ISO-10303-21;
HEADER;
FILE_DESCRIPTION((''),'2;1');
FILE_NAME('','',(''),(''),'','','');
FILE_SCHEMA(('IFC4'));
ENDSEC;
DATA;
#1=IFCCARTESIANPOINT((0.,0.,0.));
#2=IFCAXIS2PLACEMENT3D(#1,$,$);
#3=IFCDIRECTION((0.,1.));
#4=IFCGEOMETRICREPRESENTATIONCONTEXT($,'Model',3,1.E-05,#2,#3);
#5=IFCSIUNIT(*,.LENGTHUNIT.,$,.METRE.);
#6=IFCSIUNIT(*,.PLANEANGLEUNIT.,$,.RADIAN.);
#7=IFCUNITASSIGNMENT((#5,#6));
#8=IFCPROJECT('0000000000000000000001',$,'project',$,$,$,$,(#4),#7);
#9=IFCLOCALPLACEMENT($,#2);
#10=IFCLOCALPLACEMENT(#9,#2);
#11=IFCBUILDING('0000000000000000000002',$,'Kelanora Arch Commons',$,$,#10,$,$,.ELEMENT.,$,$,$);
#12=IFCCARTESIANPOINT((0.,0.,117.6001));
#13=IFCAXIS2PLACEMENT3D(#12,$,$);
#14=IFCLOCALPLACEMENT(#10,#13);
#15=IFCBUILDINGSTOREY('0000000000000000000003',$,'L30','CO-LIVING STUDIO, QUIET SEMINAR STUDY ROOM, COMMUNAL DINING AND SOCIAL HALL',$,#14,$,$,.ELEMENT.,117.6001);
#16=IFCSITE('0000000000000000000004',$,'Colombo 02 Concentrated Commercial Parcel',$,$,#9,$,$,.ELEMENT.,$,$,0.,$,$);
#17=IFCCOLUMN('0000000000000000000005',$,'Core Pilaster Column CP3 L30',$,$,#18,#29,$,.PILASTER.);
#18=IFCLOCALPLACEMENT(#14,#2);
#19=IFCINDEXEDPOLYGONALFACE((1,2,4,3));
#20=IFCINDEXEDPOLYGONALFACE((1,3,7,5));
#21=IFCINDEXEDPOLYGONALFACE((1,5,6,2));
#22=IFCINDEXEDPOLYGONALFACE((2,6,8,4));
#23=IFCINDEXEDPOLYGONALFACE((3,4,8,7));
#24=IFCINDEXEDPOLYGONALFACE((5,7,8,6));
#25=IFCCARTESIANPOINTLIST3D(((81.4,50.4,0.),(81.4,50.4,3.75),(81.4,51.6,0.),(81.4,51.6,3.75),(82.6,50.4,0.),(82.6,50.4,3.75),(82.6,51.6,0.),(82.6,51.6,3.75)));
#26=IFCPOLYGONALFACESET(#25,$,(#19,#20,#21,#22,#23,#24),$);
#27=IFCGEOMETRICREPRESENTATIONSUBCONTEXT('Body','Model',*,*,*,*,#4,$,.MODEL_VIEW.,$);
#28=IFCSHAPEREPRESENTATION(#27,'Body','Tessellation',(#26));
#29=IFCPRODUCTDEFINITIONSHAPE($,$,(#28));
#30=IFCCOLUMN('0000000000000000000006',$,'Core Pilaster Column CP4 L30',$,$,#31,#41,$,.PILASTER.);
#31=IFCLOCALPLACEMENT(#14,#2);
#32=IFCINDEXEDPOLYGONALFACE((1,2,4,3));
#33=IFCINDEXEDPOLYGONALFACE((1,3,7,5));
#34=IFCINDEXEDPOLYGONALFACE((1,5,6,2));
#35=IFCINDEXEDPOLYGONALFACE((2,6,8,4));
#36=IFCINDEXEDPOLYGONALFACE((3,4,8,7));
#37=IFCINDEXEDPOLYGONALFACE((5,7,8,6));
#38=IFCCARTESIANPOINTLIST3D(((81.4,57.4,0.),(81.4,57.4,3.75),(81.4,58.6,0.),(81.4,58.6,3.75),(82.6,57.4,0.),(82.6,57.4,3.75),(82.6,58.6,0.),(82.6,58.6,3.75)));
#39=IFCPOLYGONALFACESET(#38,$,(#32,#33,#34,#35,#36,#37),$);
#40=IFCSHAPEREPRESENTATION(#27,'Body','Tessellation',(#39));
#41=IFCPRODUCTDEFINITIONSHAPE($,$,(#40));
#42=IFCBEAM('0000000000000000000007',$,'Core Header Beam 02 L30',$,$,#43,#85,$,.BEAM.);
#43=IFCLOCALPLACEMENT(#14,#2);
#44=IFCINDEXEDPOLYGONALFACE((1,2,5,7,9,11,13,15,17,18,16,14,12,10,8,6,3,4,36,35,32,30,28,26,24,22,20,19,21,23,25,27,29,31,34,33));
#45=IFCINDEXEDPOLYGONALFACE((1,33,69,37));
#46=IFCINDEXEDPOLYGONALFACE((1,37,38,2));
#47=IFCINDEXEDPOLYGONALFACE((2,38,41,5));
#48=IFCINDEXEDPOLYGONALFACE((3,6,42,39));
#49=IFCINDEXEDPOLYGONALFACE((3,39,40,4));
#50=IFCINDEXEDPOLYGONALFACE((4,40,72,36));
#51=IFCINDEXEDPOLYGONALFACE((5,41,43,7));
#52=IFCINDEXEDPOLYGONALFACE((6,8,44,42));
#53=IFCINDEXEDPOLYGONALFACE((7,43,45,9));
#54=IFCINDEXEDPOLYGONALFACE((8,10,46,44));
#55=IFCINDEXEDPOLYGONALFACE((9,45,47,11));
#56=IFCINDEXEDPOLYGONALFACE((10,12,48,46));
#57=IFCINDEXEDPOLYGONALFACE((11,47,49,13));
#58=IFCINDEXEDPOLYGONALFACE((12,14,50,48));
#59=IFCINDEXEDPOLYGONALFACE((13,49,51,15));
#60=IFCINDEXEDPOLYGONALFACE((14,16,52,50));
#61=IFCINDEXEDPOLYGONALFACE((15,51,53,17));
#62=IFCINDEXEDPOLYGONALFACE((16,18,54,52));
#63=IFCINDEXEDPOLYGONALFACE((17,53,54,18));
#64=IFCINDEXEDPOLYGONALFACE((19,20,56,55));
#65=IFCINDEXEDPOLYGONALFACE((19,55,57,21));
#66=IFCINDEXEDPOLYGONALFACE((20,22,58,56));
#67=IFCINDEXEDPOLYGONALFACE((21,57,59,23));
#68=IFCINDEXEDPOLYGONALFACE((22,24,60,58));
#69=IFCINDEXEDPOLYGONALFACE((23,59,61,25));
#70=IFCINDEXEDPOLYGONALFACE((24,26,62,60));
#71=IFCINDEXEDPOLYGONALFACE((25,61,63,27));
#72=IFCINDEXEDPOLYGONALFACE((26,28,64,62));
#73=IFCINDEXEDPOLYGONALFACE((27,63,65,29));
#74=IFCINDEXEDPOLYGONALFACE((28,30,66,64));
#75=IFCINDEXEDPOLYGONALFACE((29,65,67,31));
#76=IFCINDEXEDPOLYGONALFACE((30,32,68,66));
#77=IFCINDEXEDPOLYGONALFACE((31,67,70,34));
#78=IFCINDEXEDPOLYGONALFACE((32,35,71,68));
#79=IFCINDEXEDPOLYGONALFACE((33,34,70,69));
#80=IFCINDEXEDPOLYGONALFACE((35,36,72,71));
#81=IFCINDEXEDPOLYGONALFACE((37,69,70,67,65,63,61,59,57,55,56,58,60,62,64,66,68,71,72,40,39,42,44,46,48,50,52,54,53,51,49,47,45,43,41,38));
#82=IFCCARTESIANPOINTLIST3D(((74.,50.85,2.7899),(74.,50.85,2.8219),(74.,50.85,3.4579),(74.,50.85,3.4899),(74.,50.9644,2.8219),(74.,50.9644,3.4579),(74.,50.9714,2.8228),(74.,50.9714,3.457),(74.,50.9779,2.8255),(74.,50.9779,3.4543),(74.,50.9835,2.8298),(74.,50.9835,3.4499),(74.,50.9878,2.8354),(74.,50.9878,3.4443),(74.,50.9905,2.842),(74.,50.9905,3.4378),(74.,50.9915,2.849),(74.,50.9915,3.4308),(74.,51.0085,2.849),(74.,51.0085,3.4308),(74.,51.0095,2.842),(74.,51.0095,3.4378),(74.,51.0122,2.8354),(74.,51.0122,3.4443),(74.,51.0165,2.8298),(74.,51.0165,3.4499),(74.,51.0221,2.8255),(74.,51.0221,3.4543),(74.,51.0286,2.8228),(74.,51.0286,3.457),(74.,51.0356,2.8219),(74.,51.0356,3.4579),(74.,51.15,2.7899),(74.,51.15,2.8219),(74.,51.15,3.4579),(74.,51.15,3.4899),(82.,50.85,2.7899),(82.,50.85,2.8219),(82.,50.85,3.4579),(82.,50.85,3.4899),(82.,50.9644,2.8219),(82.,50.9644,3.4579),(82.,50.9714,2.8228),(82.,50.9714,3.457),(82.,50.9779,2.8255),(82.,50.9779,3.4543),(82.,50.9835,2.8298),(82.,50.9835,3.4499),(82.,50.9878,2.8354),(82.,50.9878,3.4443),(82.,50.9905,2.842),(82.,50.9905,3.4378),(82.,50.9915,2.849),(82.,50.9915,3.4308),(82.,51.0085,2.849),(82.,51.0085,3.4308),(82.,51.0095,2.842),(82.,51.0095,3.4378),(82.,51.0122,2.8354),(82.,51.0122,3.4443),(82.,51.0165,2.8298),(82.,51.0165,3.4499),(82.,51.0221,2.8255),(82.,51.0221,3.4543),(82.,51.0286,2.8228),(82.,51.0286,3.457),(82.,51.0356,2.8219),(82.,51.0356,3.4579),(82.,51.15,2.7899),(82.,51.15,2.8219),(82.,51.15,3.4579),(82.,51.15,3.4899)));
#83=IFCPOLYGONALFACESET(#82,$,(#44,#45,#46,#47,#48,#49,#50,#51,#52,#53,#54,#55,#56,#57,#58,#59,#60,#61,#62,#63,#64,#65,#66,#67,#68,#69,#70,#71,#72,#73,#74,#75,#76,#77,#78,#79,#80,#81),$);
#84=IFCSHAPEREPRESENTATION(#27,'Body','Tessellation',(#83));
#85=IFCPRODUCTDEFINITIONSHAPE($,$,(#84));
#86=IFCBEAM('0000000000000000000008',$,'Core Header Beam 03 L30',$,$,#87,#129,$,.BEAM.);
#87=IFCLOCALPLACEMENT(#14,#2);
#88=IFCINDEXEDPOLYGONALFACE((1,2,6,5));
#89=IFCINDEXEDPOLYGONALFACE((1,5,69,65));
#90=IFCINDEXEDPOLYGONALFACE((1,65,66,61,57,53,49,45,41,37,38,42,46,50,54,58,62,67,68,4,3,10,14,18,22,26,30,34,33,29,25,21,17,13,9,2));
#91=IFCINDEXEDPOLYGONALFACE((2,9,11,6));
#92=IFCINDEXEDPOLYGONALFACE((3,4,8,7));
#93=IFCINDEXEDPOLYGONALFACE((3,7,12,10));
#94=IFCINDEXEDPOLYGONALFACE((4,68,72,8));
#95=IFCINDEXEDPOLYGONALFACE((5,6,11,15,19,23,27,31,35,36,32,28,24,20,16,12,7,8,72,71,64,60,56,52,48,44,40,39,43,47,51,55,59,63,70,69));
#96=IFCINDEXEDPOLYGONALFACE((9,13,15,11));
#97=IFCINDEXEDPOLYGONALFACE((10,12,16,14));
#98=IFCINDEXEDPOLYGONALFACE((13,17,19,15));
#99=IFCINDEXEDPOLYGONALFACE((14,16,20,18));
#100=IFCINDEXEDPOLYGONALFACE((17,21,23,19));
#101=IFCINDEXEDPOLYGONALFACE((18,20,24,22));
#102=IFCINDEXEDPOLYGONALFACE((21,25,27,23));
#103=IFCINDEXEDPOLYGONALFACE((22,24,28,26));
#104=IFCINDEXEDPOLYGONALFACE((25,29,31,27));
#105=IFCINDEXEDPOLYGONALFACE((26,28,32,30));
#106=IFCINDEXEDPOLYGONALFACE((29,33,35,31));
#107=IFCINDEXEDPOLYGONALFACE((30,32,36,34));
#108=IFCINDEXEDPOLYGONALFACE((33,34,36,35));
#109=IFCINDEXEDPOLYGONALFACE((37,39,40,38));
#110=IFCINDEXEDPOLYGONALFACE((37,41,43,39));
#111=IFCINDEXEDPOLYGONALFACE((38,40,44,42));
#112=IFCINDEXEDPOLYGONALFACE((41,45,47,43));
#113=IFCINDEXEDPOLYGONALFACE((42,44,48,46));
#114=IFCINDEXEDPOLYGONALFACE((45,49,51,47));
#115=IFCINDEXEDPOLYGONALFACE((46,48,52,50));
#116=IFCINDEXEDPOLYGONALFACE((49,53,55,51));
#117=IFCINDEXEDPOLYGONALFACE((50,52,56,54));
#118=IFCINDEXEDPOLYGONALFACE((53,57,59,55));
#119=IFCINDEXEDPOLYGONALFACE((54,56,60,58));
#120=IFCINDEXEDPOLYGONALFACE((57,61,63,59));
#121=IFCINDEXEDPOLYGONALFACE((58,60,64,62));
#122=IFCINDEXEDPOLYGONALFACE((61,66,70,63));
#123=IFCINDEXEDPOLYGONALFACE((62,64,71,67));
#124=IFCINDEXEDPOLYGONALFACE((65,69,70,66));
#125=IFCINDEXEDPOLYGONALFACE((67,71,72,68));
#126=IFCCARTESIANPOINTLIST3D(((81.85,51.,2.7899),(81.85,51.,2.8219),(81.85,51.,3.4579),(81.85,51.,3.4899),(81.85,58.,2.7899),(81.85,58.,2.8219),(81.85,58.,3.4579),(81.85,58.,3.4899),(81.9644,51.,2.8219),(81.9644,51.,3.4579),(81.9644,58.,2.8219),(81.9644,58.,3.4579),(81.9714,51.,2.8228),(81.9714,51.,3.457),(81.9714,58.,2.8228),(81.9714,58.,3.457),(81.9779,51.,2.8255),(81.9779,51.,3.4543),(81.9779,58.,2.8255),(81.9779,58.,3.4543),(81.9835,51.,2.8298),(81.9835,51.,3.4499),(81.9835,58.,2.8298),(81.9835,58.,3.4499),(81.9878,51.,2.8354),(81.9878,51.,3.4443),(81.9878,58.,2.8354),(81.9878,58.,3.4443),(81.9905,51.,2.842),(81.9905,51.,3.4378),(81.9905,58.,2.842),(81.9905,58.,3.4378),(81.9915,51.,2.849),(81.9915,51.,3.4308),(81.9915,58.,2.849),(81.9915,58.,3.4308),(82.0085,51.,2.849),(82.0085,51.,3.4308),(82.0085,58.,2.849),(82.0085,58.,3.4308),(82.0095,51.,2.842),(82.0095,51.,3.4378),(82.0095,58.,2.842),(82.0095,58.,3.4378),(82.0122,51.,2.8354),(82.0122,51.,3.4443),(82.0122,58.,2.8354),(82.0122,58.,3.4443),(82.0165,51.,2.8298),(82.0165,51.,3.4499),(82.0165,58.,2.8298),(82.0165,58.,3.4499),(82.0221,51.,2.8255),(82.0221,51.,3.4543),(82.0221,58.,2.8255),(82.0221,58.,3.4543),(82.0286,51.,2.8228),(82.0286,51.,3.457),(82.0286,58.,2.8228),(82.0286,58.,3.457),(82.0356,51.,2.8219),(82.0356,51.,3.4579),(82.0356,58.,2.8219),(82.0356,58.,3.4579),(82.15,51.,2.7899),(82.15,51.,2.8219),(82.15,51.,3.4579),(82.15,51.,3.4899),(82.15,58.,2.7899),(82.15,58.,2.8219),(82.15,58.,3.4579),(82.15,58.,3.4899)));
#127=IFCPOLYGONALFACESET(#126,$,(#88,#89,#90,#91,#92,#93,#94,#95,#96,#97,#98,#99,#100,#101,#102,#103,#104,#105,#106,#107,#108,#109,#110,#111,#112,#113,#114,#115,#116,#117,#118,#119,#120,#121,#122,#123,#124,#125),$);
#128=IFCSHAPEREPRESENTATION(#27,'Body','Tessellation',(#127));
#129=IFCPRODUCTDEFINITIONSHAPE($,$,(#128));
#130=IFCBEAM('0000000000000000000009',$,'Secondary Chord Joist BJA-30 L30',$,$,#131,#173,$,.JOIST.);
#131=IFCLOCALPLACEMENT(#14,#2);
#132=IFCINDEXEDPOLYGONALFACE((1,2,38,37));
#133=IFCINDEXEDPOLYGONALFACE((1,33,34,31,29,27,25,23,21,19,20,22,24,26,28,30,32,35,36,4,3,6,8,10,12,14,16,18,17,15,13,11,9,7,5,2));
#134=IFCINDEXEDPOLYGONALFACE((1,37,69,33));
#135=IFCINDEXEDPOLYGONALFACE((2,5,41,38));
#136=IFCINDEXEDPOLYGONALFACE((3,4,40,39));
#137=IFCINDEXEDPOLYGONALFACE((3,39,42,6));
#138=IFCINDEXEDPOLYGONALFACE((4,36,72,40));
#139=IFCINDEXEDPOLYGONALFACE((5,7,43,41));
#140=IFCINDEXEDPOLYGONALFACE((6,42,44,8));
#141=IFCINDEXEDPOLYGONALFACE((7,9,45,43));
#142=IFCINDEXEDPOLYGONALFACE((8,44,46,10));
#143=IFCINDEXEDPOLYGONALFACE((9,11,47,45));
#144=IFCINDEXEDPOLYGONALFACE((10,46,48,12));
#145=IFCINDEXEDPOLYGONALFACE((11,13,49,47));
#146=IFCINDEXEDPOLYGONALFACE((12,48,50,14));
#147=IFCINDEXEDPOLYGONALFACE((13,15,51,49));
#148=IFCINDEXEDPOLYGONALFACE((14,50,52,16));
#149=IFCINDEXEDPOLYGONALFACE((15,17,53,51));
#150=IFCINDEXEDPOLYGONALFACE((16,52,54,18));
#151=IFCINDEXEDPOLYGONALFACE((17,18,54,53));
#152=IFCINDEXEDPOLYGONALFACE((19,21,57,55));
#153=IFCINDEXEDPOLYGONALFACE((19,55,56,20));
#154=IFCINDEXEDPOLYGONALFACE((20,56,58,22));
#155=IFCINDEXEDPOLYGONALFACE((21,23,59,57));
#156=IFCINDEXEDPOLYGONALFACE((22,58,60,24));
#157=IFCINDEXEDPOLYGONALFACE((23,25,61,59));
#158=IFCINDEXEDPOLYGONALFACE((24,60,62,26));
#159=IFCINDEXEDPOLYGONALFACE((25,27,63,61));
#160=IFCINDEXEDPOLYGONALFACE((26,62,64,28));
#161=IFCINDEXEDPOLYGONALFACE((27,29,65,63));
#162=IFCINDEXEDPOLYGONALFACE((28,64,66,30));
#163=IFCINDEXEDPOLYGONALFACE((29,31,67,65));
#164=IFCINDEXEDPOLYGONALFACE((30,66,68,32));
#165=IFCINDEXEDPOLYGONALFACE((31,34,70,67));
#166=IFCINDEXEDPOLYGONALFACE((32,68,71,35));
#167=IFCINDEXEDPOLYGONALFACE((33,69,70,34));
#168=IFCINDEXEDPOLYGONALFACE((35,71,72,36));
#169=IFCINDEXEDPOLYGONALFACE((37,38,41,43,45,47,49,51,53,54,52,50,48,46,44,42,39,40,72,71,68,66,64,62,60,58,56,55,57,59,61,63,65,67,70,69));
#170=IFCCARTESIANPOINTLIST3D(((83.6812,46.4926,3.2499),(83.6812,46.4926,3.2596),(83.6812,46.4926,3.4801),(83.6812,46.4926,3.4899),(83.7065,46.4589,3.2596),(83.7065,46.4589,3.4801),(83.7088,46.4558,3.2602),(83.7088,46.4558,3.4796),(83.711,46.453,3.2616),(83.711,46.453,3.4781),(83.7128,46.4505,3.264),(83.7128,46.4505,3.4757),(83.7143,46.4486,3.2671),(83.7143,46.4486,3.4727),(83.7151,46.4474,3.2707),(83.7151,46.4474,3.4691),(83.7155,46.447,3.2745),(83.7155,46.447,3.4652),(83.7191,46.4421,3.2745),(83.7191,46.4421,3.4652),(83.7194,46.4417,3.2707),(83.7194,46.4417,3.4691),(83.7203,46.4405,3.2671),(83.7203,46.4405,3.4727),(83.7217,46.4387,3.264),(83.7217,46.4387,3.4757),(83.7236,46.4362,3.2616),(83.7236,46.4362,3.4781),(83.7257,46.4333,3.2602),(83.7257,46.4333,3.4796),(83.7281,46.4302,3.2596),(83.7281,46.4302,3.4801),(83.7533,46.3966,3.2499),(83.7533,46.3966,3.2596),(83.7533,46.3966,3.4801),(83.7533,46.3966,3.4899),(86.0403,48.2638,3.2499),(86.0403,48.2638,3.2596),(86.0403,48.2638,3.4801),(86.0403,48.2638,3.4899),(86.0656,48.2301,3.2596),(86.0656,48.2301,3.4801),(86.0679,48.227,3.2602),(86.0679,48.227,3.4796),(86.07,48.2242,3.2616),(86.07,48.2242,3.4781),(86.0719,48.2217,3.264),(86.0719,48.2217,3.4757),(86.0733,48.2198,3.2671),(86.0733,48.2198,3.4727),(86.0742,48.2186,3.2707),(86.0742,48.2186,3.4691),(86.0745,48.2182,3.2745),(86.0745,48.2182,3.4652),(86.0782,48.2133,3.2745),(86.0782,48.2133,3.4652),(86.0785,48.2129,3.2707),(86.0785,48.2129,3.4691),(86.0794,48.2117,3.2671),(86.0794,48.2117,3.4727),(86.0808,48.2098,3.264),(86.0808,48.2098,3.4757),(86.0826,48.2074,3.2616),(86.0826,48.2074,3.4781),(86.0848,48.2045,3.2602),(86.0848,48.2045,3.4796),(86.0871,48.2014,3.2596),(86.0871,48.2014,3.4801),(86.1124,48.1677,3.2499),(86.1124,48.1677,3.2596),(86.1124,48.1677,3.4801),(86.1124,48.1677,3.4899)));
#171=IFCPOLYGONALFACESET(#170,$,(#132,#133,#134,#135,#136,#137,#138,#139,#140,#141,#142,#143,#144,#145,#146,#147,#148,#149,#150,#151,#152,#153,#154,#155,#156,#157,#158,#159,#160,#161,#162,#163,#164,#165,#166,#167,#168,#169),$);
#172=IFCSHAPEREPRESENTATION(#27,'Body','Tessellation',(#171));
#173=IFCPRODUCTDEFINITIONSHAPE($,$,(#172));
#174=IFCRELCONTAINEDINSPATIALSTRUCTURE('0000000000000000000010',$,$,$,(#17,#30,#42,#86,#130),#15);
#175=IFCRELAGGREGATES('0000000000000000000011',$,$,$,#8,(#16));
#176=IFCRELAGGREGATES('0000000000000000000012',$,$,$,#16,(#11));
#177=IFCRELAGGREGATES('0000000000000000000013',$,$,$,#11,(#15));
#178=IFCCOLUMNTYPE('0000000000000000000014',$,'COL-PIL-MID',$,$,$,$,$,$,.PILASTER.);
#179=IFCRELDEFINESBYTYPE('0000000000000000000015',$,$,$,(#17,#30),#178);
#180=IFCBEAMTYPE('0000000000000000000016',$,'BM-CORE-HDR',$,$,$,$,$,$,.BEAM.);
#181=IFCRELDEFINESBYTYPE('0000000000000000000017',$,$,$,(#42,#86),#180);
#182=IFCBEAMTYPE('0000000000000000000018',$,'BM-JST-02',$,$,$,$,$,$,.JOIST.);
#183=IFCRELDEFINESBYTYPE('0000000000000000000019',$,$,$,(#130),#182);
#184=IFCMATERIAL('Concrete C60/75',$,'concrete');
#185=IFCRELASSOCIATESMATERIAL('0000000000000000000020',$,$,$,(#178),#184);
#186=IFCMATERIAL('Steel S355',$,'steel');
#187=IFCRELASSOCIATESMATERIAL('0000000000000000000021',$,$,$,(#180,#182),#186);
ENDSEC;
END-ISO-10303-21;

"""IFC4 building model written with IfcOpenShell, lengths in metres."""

from ifc_helpers import new_model, si_unit, direction, frame, origin, origin_2d, place, context, subcontext, project, spatial, rectangle, i_section, extrude, material, material_profile, profile_set, type_object, element, save


model = new_model("IFC4")

# Units and contexts
model_context = context("Model", 3, precision=1e-05, world=origin(), true_north=direction((0.0, 1.0)))
body_context = subcontext(model_context, "Body", "Model", "MODEL_VIEW")
ifc_project = project(units=[si_unit("LENGTHUNIT", "METRE"), si_unit("PLANEANGLEUNIT", "RADIAN")], contexts=[model_context])

# Site, building, storey
site_placement = place(None, origin())
site = spatial("IfcSite", under=ifc_project, at=site_placement, Name="Colombo 02 Concentrated Commercial Parcel", CompositionType="ELEMENT", RefElevation=0.0)
building_placement = place(site_placement, origin())
building = spatial("IfcBuilding", under=site, at=building_placement, Name="Kelanora Arch Commons", CompositionType="ELEMENT")
storey_placement = place(building_placement, frame((0.0, 0.0, 117.6001)))
storey = spatial("IfcBuildingStorey", under=building, at=storey_placement, Name="L30", Description="CO-LIVING STUDIO, QUIET SEMINAR STUDY ROOM, COMMUNAL DINING AND SOCIAL HALL", CompositionType="ELEMENT", Elevation=117.6001)

# Columns
ifc_material_1 = material(Name="Concrete C60/75", Category="concrete")
ifc_material_profile_1 = material_profile(ifc_material_1, rectangle(XDim=1.2, YDim=1.2, at=origin_2d()), Name="RC1200x1200")
ifc_profile_set_1 = profile_set([ifc_material_profile_1], Name="Concrete C60/75")
column_type = type_object("IfcColumnType", Name="COL-PIL-MID", PredefinedType="PILASTER", material=ifc_profile_set_1)
for number, where, z_axis, x_axis, name in (
    (1, (82.0, 51.0, 0.0), (0.0, 0.0, 1.0), (1.0, 0.0, 0.0), "Core Pilaster Column CP3 L30"),
    (2, (82.0, 58.0, 0.0), (0.0, 0.0, 1.0), (1.0, 0.0, 0.0), "Core Pilaster Column CP4 L30"),
):
    element("IfcColumn", number, at=place(storey_placement, frame(where, z_axis=z_axis, x_axis=x_axis)), inside=storey, type_object=column_type, Name=name, PredefinedType="PILASTER", context=body_context, shape_type="SweptSolid", body=[
        extrude(rectangle(XDim=1.2, YDim=1.2, at=origin_2d()), origin(), (0.0, 0.0, 1.0), 3.75),
    ])

# Beams
ifc_material_2 = material(Name="Steel S355", Category="steel")
ifc_material_profile_2 = material_profile(ifc_material_2, i_section(OverallWidth=0.3, OverallDepth=0.7, WebThickness=0.0171, FlangeThickness=0.032, FilletRadius=0.0271, at=origin_2d()), Name="HEB700")
ifc_profile_set_2 = profile_set([ifc_material_profile_2], Name="Steel S355")
beam_type_1 = type_object("IfcBeamType", Name="BM-CORE-HDR", PredefinedType="BEAM", material=ifc_profile_set_2)
beam_1_placement = place(storey_placement, frame((74.0, 51.0, 3.1399), z_axis=(1.0, 0.0, 0.0), x_axis=(0.0, 1.0, 0.0)))
element("IfcBeam", 3, at=beam_1_placement, inside=storey, type_object=beam_type_1, Name="Core Header Beam 02 L30", PredefinedType="BEAM", context=body_context, shape_type="SweptSolid", body=[
    extrude(i_section(OverallWidth=0.3, OverallDepth=0.7, WebThickness=0.0171, FlangeThickness=0.032, FilletRadius=0.0271, at=origin_2d()), origin(), (0.0, 0.0, 1.0), 8.0),
])
beam_2_placement = place(storey_placement, frame((82.0, 51.0, 3.1399), z_axis=(0.0, 1.0, 0.0), x_axis=(-1.0, 0.0, 0.0)))
element("IfcBeam", 4, at=beam_2_placement, inside=storey, type_object=beam_type_1, Name="Core Header Beam 03 L30", PredefinedType="BEAM", context=body_context, shape_type="SweptSolid", body=[
    extrude(i_section(OverallWidth=0.3, OverallDepth=0.7, WebThickness=0.0171, FlangeThickness=0.032, FilletRadius=0.0271, at=origin_2d()), origin(), (0.0, 0.0, 1.0), 7.0),
])
ifc_material_profile_3 = material_profile(ifc_material_2, i_section(OverallWidth=0.1201, OverallDepth=0.24, WebThickness=0.0061, FlangeThickness=0.0098, FilletRadius=0.0149, at=origin_2d()), Name="IPE240")
ifc_profile_set_3 = profile_set([ifc_material_profile_3], Name="Steel S355")
beam_type_2 = type_object("IfcBeamType", Name="BM-JST-02", PredefinedType="JOIST", material=ifc_profile_set_3)
beam_3_placement = place(storey_placement, frame((83.7173, 46.4446, 3.3699), z_axis=(0.799692, 0.60041, 0.0), x_axis=(-0.60041, 0.799692, 0.0)))
element("IfcBeam", 5, at=beam_3_placement, inside=storey, type_object=beam_type_2, Name="Secondary Chord Joist BJA-30 L30", PredefinedType="JOIST", context=body_context, shape_type="SweptSolid", body=[
    extrude(i_section(OverallWidth=0.1201, OverallDepth=0.24, WebThickness=0.0061, FlangeThickness=0.0098, FilletRadius=0.0149, at=origin_2d()), origin(), (0.0, 0.0, 1.0), 2.95),
])

save(model, "model.ifc")
